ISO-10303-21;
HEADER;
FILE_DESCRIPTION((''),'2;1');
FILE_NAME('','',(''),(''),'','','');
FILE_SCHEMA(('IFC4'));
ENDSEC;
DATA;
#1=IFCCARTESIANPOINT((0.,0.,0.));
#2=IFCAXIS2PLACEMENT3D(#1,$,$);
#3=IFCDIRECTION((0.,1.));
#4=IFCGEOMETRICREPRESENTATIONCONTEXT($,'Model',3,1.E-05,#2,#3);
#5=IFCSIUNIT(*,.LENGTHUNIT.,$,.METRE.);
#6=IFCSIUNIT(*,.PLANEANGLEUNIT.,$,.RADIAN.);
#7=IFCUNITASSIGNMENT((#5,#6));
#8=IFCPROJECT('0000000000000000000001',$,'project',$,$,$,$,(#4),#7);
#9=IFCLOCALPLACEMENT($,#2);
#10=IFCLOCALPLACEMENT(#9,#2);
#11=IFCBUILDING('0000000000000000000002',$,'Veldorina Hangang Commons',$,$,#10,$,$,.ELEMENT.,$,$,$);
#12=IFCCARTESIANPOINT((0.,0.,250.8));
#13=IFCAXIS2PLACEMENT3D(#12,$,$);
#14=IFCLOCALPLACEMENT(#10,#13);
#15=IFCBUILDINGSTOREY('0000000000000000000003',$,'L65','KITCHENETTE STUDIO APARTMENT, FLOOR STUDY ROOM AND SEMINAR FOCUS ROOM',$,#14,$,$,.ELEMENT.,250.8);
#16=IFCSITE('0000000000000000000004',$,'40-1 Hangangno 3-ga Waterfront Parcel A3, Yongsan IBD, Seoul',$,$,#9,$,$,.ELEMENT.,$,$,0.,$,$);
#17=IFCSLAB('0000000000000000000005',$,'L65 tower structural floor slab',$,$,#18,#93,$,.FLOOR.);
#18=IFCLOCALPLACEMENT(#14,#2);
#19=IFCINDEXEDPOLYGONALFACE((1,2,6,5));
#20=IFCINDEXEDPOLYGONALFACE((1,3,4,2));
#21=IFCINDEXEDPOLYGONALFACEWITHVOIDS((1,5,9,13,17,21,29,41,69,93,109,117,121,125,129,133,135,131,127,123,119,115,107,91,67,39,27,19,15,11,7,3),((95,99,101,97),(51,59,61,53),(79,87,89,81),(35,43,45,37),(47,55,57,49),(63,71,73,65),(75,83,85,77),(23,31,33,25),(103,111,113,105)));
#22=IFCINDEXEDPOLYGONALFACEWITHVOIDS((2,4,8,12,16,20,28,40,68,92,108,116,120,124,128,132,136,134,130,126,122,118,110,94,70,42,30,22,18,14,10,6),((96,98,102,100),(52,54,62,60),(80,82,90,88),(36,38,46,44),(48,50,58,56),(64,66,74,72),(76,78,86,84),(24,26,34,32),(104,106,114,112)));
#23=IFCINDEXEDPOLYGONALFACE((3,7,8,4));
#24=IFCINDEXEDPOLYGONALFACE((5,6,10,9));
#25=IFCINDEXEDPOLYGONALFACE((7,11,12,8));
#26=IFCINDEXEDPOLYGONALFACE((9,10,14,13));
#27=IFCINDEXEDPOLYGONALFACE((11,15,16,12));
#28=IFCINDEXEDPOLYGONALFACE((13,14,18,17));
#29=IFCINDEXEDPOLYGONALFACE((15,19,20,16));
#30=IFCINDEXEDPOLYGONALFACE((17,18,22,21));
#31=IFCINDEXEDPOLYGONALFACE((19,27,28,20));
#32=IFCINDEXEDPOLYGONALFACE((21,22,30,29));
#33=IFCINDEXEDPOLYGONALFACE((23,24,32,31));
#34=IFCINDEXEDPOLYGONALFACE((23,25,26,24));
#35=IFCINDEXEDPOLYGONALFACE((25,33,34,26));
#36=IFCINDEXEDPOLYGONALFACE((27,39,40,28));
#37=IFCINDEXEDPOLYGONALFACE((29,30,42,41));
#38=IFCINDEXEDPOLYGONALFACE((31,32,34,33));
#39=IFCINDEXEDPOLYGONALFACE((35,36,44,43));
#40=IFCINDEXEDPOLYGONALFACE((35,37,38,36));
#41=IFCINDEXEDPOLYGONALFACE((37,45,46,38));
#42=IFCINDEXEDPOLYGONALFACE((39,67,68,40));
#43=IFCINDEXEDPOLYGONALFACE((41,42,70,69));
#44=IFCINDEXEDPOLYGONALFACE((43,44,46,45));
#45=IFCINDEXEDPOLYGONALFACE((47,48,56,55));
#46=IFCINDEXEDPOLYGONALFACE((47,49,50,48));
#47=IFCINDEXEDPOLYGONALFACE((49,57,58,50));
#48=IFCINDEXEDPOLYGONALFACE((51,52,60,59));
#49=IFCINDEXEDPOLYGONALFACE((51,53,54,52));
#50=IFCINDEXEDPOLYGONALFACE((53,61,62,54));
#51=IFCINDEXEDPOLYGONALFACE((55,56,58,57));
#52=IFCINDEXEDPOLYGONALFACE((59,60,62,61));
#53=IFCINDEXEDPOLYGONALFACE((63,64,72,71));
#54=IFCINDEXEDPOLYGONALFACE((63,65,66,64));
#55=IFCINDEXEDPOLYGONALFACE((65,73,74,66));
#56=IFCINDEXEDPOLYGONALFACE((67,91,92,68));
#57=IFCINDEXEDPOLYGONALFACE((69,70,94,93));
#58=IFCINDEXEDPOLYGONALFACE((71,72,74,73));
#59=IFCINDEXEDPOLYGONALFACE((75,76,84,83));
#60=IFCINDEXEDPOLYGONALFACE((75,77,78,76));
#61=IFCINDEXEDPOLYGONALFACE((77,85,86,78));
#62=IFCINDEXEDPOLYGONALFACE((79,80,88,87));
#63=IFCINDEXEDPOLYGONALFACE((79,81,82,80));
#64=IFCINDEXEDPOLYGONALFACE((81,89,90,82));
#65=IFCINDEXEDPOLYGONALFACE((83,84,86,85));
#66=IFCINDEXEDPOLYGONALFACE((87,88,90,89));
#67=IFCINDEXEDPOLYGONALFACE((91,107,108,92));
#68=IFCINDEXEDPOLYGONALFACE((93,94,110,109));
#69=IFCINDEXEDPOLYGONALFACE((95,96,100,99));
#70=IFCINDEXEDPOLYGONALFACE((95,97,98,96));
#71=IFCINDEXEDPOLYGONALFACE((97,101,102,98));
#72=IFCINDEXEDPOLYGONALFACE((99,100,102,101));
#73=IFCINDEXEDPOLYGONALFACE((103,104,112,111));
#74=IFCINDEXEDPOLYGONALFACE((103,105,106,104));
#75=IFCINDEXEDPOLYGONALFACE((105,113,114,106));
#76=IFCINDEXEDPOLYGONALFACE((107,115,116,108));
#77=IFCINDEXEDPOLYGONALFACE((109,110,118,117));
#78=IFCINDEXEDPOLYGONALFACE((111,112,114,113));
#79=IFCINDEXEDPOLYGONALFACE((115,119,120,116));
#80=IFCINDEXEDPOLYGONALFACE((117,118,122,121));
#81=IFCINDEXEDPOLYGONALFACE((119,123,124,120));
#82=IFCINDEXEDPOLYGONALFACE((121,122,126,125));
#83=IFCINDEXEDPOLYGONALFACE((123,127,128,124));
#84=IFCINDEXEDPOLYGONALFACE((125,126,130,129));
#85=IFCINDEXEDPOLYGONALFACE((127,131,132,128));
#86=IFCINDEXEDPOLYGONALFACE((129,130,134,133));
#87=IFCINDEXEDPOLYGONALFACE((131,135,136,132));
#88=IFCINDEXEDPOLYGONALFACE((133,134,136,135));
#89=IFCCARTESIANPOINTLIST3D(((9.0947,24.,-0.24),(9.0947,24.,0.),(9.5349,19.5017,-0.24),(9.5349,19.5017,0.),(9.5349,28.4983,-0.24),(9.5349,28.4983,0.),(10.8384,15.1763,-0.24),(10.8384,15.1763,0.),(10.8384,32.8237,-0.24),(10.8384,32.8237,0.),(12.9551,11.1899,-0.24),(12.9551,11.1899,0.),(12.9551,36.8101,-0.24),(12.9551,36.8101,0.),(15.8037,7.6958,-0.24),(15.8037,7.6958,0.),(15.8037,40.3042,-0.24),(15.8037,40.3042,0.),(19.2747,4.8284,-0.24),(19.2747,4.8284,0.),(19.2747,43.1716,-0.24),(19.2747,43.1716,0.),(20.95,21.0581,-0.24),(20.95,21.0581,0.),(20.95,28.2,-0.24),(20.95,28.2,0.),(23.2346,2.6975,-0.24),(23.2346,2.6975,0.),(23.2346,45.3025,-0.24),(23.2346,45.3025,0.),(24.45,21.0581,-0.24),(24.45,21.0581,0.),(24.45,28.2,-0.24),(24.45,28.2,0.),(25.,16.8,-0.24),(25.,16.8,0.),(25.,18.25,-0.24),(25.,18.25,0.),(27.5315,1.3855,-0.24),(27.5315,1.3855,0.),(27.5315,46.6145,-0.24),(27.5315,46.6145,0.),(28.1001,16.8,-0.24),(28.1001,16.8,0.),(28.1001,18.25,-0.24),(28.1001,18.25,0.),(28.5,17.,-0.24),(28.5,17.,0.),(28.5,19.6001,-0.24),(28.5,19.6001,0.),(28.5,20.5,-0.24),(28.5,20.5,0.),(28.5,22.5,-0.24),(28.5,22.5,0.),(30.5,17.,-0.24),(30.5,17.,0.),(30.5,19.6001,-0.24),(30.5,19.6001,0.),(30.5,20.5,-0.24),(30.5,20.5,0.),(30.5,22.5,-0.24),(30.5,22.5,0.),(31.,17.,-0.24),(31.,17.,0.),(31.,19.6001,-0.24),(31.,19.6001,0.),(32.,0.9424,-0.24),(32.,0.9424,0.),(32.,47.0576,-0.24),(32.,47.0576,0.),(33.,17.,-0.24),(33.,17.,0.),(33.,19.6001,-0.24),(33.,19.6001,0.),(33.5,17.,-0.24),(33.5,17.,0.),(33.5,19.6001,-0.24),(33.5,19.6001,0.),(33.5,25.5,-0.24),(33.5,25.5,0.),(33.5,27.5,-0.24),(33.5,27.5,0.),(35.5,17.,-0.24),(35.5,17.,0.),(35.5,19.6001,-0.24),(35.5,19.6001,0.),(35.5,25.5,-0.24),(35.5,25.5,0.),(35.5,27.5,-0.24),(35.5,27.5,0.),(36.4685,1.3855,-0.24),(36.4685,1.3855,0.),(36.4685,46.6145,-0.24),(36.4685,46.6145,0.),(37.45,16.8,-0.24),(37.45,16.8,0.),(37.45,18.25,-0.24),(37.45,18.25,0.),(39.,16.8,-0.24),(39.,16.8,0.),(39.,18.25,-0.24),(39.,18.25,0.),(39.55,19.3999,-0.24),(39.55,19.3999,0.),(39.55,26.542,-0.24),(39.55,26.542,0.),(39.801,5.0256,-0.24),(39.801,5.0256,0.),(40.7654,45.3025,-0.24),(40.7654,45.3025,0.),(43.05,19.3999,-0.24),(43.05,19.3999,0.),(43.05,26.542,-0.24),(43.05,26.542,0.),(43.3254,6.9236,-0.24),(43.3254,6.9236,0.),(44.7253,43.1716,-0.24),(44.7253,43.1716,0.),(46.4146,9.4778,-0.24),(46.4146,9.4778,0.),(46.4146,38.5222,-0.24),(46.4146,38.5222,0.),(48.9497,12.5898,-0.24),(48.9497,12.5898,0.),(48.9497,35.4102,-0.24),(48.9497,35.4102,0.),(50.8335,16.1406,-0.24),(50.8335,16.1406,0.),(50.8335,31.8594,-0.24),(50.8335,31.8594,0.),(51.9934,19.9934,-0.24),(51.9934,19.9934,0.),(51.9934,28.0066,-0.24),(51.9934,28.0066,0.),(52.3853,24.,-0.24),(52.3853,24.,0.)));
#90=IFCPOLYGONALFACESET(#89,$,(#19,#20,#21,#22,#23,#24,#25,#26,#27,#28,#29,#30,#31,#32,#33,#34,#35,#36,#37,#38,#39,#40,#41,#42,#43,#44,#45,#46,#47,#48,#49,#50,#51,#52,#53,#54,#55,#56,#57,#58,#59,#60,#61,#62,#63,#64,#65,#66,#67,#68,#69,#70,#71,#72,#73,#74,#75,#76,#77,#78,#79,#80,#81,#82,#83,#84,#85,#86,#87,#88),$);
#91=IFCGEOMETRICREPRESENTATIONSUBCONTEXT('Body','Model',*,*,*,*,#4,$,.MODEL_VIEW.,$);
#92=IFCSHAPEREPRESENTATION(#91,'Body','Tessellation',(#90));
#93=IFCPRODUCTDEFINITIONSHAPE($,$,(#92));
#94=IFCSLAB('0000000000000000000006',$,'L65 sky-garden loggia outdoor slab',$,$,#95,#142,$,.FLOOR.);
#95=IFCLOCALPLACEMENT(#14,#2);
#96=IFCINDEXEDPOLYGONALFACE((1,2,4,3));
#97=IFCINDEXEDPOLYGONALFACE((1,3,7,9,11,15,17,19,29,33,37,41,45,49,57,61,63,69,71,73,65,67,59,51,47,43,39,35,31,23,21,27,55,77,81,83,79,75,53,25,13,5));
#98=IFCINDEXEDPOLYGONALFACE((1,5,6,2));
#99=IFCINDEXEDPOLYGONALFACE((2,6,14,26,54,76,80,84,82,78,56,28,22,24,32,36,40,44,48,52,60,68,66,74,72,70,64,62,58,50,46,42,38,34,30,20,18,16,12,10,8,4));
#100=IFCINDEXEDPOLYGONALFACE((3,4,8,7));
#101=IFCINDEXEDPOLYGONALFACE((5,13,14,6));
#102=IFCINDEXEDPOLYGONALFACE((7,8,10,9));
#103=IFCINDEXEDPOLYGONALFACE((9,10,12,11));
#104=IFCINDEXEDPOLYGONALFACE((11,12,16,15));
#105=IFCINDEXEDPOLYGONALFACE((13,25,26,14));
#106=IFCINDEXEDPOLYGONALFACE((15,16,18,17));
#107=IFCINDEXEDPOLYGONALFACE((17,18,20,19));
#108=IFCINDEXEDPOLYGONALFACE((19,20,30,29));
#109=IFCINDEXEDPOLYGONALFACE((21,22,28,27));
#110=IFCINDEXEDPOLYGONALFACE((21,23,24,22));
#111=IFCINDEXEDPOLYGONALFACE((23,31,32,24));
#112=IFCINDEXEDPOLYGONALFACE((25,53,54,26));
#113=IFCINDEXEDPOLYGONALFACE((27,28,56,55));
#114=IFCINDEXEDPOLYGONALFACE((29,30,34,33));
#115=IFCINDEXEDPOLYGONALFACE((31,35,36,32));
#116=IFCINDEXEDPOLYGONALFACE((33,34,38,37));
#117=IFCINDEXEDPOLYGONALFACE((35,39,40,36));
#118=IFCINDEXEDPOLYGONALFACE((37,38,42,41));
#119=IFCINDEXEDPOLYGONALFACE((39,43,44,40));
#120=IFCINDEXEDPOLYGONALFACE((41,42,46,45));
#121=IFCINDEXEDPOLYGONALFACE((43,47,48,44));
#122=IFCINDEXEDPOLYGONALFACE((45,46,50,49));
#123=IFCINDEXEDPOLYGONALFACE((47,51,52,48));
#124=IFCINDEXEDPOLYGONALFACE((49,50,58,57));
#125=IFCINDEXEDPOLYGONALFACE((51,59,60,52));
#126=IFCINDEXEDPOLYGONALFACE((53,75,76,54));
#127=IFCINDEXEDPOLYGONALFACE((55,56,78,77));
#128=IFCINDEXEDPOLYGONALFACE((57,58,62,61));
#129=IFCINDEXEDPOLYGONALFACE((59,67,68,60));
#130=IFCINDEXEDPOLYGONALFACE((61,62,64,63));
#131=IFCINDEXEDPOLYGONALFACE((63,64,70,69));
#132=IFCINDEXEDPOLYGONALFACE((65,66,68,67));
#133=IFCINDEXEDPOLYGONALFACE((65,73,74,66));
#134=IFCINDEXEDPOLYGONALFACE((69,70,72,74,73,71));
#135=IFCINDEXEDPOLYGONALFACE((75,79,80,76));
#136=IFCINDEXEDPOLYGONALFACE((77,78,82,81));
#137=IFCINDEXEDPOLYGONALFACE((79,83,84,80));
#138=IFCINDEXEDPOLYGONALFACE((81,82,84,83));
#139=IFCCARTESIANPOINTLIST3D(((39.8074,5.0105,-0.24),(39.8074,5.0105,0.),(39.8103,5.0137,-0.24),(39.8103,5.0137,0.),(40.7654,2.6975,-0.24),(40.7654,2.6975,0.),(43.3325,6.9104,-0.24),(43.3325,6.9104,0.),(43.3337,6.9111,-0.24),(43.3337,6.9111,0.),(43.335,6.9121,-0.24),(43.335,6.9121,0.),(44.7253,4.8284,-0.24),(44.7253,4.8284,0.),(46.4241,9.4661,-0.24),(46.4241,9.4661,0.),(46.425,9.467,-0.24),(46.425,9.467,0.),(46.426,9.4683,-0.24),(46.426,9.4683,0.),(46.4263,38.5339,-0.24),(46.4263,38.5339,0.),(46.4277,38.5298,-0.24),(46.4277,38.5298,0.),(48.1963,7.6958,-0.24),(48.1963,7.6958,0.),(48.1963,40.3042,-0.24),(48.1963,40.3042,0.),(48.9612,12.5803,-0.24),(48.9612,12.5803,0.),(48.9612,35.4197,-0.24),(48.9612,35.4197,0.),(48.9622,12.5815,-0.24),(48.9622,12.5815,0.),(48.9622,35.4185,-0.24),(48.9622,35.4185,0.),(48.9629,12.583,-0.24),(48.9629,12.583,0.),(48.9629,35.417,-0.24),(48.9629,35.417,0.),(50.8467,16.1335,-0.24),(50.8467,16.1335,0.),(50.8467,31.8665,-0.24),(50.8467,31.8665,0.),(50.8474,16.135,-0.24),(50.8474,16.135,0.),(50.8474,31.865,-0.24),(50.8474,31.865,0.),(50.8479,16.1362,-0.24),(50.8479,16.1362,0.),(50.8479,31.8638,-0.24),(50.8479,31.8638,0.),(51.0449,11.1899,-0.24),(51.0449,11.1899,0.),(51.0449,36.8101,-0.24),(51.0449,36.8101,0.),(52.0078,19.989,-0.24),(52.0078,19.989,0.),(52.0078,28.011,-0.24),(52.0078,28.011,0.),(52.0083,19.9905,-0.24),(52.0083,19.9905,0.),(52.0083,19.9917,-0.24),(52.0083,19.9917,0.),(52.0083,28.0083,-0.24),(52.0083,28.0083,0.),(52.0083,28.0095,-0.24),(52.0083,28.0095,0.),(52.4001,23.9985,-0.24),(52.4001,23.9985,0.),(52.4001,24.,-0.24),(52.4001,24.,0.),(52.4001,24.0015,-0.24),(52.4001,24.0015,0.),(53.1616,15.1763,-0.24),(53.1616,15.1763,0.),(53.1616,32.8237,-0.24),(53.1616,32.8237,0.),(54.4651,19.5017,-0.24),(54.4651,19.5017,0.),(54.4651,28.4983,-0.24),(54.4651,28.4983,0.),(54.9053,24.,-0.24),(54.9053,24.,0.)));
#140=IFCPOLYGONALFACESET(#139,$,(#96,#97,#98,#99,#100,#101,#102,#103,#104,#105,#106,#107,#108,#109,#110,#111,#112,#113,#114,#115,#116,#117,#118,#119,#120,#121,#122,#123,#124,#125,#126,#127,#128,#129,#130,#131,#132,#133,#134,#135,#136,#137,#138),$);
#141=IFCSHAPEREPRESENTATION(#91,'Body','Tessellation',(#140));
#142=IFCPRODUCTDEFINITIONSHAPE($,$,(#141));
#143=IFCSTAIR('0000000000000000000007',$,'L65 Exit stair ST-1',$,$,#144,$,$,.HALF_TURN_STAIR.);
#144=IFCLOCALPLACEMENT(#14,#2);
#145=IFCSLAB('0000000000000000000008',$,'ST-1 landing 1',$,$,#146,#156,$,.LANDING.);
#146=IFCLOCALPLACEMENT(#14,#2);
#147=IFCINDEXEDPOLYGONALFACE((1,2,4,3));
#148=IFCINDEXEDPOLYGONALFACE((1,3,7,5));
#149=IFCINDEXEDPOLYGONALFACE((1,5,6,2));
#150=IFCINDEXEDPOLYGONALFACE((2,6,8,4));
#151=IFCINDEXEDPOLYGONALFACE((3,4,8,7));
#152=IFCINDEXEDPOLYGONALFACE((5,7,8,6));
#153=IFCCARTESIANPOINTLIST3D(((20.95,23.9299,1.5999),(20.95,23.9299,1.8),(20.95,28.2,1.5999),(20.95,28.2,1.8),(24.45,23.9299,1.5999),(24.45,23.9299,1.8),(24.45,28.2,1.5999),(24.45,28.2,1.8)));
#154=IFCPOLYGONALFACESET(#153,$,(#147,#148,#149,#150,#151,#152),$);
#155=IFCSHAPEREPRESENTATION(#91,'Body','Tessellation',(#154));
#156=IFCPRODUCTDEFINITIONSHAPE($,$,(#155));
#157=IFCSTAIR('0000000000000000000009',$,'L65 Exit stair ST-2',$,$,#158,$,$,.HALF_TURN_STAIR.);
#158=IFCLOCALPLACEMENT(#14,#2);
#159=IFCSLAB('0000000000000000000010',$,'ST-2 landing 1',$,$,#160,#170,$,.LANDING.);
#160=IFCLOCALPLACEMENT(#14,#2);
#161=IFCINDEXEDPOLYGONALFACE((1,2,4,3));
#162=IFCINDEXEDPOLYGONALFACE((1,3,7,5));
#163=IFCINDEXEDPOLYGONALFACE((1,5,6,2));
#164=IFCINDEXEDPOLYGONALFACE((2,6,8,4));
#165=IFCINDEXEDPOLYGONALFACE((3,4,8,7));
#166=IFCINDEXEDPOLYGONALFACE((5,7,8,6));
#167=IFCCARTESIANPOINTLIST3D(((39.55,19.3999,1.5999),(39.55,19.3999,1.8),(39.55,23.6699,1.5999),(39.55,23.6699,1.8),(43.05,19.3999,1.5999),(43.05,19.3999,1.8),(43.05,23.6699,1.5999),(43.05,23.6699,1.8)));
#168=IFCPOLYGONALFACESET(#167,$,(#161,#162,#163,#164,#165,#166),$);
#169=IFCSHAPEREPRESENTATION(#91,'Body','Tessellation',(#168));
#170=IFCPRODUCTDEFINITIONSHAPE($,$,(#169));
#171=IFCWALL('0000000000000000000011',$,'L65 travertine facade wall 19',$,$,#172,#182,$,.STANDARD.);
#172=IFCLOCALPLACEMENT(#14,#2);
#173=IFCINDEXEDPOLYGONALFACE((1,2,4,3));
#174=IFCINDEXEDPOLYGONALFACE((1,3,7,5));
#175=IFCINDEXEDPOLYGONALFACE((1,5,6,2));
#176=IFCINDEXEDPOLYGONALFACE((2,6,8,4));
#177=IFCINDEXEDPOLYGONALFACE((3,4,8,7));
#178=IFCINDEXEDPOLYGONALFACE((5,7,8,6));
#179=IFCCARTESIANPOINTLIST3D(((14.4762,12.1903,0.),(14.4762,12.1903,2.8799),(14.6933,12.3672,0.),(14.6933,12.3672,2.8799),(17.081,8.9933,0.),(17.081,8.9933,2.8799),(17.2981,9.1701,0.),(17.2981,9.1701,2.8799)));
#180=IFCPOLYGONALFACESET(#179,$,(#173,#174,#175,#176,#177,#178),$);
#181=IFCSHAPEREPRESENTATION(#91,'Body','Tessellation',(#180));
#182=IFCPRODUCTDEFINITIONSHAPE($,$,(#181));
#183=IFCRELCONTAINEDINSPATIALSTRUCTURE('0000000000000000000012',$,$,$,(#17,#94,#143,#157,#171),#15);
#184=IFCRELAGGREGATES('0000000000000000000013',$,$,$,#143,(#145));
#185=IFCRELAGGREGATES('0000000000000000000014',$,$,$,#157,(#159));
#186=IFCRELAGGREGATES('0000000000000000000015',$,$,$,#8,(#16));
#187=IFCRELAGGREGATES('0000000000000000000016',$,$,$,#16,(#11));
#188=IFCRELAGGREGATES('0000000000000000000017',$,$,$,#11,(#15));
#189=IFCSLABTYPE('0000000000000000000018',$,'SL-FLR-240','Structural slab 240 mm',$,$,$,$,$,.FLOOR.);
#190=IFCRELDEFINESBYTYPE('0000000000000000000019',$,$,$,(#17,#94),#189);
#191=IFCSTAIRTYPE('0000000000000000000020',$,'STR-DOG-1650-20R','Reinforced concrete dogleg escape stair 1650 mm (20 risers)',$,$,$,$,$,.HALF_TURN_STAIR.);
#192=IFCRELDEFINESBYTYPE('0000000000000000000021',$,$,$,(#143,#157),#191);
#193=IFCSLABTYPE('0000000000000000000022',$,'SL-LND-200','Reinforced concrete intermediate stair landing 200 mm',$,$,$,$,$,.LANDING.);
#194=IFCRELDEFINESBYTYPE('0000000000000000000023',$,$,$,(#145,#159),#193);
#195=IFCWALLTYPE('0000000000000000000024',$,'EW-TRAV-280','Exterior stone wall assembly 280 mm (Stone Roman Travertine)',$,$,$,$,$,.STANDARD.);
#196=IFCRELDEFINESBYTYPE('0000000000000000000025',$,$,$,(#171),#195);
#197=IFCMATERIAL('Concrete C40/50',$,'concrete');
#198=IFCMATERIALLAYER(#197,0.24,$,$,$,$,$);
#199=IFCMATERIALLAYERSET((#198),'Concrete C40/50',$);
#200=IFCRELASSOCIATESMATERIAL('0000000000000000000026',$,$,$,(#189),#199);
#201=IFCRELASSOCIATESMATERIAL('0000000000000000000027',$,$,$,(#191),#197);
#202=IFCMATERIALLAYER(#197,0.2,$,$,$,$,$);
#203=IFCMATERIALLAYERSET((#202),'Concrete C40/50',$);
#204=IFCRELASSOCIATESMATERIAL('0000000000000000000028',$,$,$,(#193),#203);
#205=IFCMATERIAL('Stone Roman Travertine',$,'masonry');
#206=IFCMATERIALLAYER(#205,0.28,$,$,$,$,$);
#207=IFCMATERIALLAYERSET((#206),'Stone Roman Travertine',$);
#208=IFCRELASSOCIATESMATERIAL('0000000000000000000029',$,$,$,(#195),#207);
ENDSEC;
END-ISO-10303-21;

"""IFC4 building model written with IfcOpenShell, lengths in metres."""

from ifc_helpers import new_model, si_unit, direction, frame, frame_2d, origin, place, context, subcontext, project, spatial, polyline, rectangle, outline, extrude, material, layer, layer_set, type_object, element, aggregate, save


model = new_model("IFC4")

# Units and contexts
model_context = context("Model", 3, precision=1e-05, world=origin(), true_north=direction((0.0, 1.0)))
body_context = subcontext(model_context, "Body", "Model", "MODEL_VIEW")
ifc_project = project(units=[si_unit("LENGTHUNIT", "METRE"), si_unit("PLANEANGLEUNIT", "RADIAN")], contexts=[model_context])

# Site, building, storey
site_placement = place(None, origin())
site = spatial("IfcSite", under=ifc_project, at=site_placement, Name="40-1 Hangangno 3-ga Waterfront Parcel A3, Yongsan IBD, Seoul", CompositionType="ELEMENT", RefElevation=0.0)
building_placement = place(site_placement, origin())
building = spatial("IfcBuilding", under=site, at=building_placement, Name="Veldorina Hangang Commons", CompositionType="ELEMENT")
storey_placement = place(building_placement, frame((0.0, 0.0, 250.8)))
storey = spatial("IfcBuildingStorey", under=building, at=storey_placement, Name="L65", Description="KITCHENETTE STUDIO APARTMENT, FLOOR STUDY ROOM AND SEMINAR FOCUS ROOM", CompositionType="ELEMENT", Elevation=250.8)

# Slabs
ifc_material_1 = material(Name="Concrete C40/50", Category="concrete")
ifc_layer_1 = layer(ifc_material_1, 0.24)
ifc_layer_set_1 = layer_set([ifc_layer_1], Name="Concrete C40/50")
slab_type_1 = type_object("IfcSlabType", Name="SL-FLR-240", Description="Structural slab 240 mm", PredefinedType="FLOOR", material=ifc_layer_set_1)
slab_1_placement = place(storey_placement, frame((0.0, 0.0, -0.24)))
element("IfcSlab", 1, at=slab_1_placement, inside=storey, type_object=slab_type_1, Name="L65 tower structural floor slab", PredefinedType="FLOOR", context=body_context, shape_type="SweptSolid", body=[
    extrude(outline(polyline([(52.3853, 24.0), (51.9934, 28.0066), (50.8335, 31.8594), (48.9497, 35.4102), (46.4146, 38.5222), (44.7253, 43.1716), (40.7654, 45.3025), (36.4685, 46.6145), (32.0, 47.0576), (27.5315, 46.6145), (23.2346, 45.3025), (19.2747, 43.1716), (15.8037, 40.3042), (12.9551, 36.8101), (10.8384, 32.8237), (9.5349, 28.4983), (9.0947, 24.0), (9.5349, 19.5017), (10.8384, 15.1763), (12.9551, 11.1899), (15.8037, 7.6958), (19.2747, 4.8284), (23.2346, 2.6975), (27.5315, 1.3855), (32.0, 0.9424), (36.4685, 1.3855), (39.801, 5.0256), (43.3254, 6.9236), (46.4146, 9.4778), (48.9497, 12.5898), (50.8335, 16.1406), (51.9934, 19.9934), (52.3853, 24.0)]), holes=[polyline([(20.95, 21.0581), (20.95, 28.2), (24.45, 28.2), (24.45, 21.0581), (20.95, 21.0581)]), polyline([(43.05, 26.542), (43.05, 19.3999), (39.55, 19.3999), (39.55, 26.542), (43.05, 26.542)]), polyline([(33.5, 27.5), (35.5, 27.5), (35.5, 25.5), (33.5, 25.5), (33.5, 27.5)]), polyline([(28.5, 22.5), (30.5, 22.5), (30.5, 20.5), (28.5, 20.5), (28.5, 22.5)]), polyline([(28.5, 19.6001), (30.5, 19.6001), (30.5, 17.0), (28.5, 17.0), (28.5, 19.6001)]), polyline([(31.0, 19.6001), (33.0, 19.6001), (33.0, 17.0), (31.0, 17.0), (31.0, 19.6001)]), polyline([(33.5, 19.6001), (35.5, 19.6001), (35.5, 17.0), (33.5, 17.0), (33.5, 19.6001)]), polyline([(25.0, 18.25), (28.1001, 18.25), (28.1001, 16.8), (25.0, 16.8), (25.0, 18.25)]), polyline([(37.45, 18.25), (39.0, 18.25), (39.0, 16.8), (37.45, 16.8), (37.45, 18.25)])]), origin(), (0.0, 0.0, 1.0), 0.24),
])
slab_2_placement = place(storey_placement, frame((0.0, 0.0, -0.24)))
element("IfcSlab", 2, at=slab_2_placement, inside=storey, type_object=slab_type_1, Name="L65 sky-garden loggia outdoor slab", PredefinedType="FLOOR", context=body_context, shape_type="SweptSolid", body=[
    extrude(outline(polyline([(48.1963, 40.3042), (51.0449, 36.8101), (53.1616, 32.8237), (54.4651, 28.4983), (54.9053, 24.0), (54.4651, 19.5017), (53.1616, 15.1763), (51.0449, 11.1899), (48.1963, 7.6958), (44.7253, 4.8284), (40.7654, 2.6975), (39.8074, 5.0105), (39.8103, 5.0137), (43.3325, 6.9104), (43.3337, 6.9111), (43.335, 6.9121), (46.4241, 9.4661), (46.425, 9.467), (46.426, 9.4683), (48.9612, 12.5803), (48.9622, 12.5815), (48.9629, 12.583), (50.8467, 16.1335), (50.8474, 16.135), (50.8479, 16.1362), (52.0078, 19.989), (52.0083, 19.9905), (52.0083, 19.9917), (52.4001, 23.9985), (52.4001, 24.0), (52.4001, 24.0015), (52.0083, 28.0083), (52.0083, 28.0095), (52.0078, 28.011), (50.8479, 31.8638), (50.8474, 31.865), (50.8467, 31.8665), (48.9629, 35.417), (48.9622, 35.4185), (48.9612, 35.4197), (46.4277, 38.5298), (46.4263, 38.5339), (48.1963, 40.3042)])), origin(), (0.0, 0.0, 1.0), 0.24),
])

# Stairs, slabs
stair_type = type_object("IfcStairType", Name="STR-DOG-1650-20R", Description="Reinforced concrete dogleg escape stair 1650 mm (20 risers)", PredefinedType="HALF_TURN_STAIR", material=ifc_material_1)
stair_1_placement = place(storey_placement, origin())
stair_1 = element("IfcStair", 3, at=stair_1_placement, inside=storey, type_object=stair_type, Name="L65 Exit stair ST-1", PredefinedType="HALF_TURN_STAIR")
ifc_layer_2 = layer(ifc_material_1, 0.2)
ifc_layer_set_2 = layer_set([ifc_layer_2], Name="Concrete C40/50")
slab_type_2 = type_object("IfcSlabType", Name="SL-LND-200", Description="Reinforced concrete intermediate stair landing 200 mm", PredefinedType="LANDING", material=ifc_layer_set_2)
slab_3_placement = place(storey_placement, frame((0.0, 0.0, 1.5999)))
slab_3 = element("IfcSlab", 4, at=slab_3_placement, type_object=slab_type_2, Name="ST-1 landing 1", PredefinedType="LANDING", context=body_context, shape_type="SweptSolid", body=[
    extrude(outline(polyline([(24.45, 23.9299), (24.45, 28.2), (20.95, 28.2), (20.95, 23.9299), (24.45, 23.9299)])), origin(), (0.0, 0.0, 1.0), 0.2002),
])
aggregate(stair_1, [slab_3])
stair_2_placement = place(storey_placement, origin())
stair_2 = element("IfcStair", 5, at=stair_2_placement, inside=storey, type_object=stair_type, Name="L65 Exit stair ST-2", PredefinedType="HALF_TURN_STAIR")
slab_4_placement = place(storey_placement, frame((0.0, 0.0, 1.5999)))
slab_4 = element("IfcSlab", 6, at=slab_4_placement, type_object=slab_type_2, Name="ST-2 landing 1", PredefinedType="LANDING", context=body_context, shape_type="SweptSolid", body=[
    extrude(outline(polyline([(39.55, 23.6699), (39.55, 19.3999), (43.05, 19.3999), (43.05, 23.6699), (39.55, 23.6699)])), origin(), (0.0, 0.0, 1.0), 0.2002),
])
aggregate(stair_2, [slab_4])

# Wall
ifc_material_2 = material(Name="Stone Roman Travertine", Category="masonry")
ifc_layer_3 = layer(ifc_material_2, 0.28)
ifc_layer_set_3 = layer_set([ifc_layer_3], Name="Stone Roman Travertine")
wall_type_1 = type_object("IfcWallType", Name="EW-TRAV-280", Description="Exterior stone wall assembly 280 mm (Stone Roman Travertine)", PredefinedType="STANDARD", material=ifc_layer_set_3)
wall_1_placement = place(storey_placement, frame((14.5847, 12.2788, 0.0), z_axis=(0.0, 0.0, 1.0), x_axis=(0.631637, -0.775264, 0.0)))
element("IfcWall", 7, at=wall_1_placement, inside=storey, type_object=wall_type_1, Name="L65 travertine facade wall 19", PredefinedType="STANDARD", context=body_context, shape_type="SweptSolid", body=[
    extrude(rectangle(XDim=4.1238, YDim=0.28, at=frame_2d((2.062, 0.0))), origin(), (0.0, 0.0, 1.0), 2.8799),
])

save(model, "model.ifc")
